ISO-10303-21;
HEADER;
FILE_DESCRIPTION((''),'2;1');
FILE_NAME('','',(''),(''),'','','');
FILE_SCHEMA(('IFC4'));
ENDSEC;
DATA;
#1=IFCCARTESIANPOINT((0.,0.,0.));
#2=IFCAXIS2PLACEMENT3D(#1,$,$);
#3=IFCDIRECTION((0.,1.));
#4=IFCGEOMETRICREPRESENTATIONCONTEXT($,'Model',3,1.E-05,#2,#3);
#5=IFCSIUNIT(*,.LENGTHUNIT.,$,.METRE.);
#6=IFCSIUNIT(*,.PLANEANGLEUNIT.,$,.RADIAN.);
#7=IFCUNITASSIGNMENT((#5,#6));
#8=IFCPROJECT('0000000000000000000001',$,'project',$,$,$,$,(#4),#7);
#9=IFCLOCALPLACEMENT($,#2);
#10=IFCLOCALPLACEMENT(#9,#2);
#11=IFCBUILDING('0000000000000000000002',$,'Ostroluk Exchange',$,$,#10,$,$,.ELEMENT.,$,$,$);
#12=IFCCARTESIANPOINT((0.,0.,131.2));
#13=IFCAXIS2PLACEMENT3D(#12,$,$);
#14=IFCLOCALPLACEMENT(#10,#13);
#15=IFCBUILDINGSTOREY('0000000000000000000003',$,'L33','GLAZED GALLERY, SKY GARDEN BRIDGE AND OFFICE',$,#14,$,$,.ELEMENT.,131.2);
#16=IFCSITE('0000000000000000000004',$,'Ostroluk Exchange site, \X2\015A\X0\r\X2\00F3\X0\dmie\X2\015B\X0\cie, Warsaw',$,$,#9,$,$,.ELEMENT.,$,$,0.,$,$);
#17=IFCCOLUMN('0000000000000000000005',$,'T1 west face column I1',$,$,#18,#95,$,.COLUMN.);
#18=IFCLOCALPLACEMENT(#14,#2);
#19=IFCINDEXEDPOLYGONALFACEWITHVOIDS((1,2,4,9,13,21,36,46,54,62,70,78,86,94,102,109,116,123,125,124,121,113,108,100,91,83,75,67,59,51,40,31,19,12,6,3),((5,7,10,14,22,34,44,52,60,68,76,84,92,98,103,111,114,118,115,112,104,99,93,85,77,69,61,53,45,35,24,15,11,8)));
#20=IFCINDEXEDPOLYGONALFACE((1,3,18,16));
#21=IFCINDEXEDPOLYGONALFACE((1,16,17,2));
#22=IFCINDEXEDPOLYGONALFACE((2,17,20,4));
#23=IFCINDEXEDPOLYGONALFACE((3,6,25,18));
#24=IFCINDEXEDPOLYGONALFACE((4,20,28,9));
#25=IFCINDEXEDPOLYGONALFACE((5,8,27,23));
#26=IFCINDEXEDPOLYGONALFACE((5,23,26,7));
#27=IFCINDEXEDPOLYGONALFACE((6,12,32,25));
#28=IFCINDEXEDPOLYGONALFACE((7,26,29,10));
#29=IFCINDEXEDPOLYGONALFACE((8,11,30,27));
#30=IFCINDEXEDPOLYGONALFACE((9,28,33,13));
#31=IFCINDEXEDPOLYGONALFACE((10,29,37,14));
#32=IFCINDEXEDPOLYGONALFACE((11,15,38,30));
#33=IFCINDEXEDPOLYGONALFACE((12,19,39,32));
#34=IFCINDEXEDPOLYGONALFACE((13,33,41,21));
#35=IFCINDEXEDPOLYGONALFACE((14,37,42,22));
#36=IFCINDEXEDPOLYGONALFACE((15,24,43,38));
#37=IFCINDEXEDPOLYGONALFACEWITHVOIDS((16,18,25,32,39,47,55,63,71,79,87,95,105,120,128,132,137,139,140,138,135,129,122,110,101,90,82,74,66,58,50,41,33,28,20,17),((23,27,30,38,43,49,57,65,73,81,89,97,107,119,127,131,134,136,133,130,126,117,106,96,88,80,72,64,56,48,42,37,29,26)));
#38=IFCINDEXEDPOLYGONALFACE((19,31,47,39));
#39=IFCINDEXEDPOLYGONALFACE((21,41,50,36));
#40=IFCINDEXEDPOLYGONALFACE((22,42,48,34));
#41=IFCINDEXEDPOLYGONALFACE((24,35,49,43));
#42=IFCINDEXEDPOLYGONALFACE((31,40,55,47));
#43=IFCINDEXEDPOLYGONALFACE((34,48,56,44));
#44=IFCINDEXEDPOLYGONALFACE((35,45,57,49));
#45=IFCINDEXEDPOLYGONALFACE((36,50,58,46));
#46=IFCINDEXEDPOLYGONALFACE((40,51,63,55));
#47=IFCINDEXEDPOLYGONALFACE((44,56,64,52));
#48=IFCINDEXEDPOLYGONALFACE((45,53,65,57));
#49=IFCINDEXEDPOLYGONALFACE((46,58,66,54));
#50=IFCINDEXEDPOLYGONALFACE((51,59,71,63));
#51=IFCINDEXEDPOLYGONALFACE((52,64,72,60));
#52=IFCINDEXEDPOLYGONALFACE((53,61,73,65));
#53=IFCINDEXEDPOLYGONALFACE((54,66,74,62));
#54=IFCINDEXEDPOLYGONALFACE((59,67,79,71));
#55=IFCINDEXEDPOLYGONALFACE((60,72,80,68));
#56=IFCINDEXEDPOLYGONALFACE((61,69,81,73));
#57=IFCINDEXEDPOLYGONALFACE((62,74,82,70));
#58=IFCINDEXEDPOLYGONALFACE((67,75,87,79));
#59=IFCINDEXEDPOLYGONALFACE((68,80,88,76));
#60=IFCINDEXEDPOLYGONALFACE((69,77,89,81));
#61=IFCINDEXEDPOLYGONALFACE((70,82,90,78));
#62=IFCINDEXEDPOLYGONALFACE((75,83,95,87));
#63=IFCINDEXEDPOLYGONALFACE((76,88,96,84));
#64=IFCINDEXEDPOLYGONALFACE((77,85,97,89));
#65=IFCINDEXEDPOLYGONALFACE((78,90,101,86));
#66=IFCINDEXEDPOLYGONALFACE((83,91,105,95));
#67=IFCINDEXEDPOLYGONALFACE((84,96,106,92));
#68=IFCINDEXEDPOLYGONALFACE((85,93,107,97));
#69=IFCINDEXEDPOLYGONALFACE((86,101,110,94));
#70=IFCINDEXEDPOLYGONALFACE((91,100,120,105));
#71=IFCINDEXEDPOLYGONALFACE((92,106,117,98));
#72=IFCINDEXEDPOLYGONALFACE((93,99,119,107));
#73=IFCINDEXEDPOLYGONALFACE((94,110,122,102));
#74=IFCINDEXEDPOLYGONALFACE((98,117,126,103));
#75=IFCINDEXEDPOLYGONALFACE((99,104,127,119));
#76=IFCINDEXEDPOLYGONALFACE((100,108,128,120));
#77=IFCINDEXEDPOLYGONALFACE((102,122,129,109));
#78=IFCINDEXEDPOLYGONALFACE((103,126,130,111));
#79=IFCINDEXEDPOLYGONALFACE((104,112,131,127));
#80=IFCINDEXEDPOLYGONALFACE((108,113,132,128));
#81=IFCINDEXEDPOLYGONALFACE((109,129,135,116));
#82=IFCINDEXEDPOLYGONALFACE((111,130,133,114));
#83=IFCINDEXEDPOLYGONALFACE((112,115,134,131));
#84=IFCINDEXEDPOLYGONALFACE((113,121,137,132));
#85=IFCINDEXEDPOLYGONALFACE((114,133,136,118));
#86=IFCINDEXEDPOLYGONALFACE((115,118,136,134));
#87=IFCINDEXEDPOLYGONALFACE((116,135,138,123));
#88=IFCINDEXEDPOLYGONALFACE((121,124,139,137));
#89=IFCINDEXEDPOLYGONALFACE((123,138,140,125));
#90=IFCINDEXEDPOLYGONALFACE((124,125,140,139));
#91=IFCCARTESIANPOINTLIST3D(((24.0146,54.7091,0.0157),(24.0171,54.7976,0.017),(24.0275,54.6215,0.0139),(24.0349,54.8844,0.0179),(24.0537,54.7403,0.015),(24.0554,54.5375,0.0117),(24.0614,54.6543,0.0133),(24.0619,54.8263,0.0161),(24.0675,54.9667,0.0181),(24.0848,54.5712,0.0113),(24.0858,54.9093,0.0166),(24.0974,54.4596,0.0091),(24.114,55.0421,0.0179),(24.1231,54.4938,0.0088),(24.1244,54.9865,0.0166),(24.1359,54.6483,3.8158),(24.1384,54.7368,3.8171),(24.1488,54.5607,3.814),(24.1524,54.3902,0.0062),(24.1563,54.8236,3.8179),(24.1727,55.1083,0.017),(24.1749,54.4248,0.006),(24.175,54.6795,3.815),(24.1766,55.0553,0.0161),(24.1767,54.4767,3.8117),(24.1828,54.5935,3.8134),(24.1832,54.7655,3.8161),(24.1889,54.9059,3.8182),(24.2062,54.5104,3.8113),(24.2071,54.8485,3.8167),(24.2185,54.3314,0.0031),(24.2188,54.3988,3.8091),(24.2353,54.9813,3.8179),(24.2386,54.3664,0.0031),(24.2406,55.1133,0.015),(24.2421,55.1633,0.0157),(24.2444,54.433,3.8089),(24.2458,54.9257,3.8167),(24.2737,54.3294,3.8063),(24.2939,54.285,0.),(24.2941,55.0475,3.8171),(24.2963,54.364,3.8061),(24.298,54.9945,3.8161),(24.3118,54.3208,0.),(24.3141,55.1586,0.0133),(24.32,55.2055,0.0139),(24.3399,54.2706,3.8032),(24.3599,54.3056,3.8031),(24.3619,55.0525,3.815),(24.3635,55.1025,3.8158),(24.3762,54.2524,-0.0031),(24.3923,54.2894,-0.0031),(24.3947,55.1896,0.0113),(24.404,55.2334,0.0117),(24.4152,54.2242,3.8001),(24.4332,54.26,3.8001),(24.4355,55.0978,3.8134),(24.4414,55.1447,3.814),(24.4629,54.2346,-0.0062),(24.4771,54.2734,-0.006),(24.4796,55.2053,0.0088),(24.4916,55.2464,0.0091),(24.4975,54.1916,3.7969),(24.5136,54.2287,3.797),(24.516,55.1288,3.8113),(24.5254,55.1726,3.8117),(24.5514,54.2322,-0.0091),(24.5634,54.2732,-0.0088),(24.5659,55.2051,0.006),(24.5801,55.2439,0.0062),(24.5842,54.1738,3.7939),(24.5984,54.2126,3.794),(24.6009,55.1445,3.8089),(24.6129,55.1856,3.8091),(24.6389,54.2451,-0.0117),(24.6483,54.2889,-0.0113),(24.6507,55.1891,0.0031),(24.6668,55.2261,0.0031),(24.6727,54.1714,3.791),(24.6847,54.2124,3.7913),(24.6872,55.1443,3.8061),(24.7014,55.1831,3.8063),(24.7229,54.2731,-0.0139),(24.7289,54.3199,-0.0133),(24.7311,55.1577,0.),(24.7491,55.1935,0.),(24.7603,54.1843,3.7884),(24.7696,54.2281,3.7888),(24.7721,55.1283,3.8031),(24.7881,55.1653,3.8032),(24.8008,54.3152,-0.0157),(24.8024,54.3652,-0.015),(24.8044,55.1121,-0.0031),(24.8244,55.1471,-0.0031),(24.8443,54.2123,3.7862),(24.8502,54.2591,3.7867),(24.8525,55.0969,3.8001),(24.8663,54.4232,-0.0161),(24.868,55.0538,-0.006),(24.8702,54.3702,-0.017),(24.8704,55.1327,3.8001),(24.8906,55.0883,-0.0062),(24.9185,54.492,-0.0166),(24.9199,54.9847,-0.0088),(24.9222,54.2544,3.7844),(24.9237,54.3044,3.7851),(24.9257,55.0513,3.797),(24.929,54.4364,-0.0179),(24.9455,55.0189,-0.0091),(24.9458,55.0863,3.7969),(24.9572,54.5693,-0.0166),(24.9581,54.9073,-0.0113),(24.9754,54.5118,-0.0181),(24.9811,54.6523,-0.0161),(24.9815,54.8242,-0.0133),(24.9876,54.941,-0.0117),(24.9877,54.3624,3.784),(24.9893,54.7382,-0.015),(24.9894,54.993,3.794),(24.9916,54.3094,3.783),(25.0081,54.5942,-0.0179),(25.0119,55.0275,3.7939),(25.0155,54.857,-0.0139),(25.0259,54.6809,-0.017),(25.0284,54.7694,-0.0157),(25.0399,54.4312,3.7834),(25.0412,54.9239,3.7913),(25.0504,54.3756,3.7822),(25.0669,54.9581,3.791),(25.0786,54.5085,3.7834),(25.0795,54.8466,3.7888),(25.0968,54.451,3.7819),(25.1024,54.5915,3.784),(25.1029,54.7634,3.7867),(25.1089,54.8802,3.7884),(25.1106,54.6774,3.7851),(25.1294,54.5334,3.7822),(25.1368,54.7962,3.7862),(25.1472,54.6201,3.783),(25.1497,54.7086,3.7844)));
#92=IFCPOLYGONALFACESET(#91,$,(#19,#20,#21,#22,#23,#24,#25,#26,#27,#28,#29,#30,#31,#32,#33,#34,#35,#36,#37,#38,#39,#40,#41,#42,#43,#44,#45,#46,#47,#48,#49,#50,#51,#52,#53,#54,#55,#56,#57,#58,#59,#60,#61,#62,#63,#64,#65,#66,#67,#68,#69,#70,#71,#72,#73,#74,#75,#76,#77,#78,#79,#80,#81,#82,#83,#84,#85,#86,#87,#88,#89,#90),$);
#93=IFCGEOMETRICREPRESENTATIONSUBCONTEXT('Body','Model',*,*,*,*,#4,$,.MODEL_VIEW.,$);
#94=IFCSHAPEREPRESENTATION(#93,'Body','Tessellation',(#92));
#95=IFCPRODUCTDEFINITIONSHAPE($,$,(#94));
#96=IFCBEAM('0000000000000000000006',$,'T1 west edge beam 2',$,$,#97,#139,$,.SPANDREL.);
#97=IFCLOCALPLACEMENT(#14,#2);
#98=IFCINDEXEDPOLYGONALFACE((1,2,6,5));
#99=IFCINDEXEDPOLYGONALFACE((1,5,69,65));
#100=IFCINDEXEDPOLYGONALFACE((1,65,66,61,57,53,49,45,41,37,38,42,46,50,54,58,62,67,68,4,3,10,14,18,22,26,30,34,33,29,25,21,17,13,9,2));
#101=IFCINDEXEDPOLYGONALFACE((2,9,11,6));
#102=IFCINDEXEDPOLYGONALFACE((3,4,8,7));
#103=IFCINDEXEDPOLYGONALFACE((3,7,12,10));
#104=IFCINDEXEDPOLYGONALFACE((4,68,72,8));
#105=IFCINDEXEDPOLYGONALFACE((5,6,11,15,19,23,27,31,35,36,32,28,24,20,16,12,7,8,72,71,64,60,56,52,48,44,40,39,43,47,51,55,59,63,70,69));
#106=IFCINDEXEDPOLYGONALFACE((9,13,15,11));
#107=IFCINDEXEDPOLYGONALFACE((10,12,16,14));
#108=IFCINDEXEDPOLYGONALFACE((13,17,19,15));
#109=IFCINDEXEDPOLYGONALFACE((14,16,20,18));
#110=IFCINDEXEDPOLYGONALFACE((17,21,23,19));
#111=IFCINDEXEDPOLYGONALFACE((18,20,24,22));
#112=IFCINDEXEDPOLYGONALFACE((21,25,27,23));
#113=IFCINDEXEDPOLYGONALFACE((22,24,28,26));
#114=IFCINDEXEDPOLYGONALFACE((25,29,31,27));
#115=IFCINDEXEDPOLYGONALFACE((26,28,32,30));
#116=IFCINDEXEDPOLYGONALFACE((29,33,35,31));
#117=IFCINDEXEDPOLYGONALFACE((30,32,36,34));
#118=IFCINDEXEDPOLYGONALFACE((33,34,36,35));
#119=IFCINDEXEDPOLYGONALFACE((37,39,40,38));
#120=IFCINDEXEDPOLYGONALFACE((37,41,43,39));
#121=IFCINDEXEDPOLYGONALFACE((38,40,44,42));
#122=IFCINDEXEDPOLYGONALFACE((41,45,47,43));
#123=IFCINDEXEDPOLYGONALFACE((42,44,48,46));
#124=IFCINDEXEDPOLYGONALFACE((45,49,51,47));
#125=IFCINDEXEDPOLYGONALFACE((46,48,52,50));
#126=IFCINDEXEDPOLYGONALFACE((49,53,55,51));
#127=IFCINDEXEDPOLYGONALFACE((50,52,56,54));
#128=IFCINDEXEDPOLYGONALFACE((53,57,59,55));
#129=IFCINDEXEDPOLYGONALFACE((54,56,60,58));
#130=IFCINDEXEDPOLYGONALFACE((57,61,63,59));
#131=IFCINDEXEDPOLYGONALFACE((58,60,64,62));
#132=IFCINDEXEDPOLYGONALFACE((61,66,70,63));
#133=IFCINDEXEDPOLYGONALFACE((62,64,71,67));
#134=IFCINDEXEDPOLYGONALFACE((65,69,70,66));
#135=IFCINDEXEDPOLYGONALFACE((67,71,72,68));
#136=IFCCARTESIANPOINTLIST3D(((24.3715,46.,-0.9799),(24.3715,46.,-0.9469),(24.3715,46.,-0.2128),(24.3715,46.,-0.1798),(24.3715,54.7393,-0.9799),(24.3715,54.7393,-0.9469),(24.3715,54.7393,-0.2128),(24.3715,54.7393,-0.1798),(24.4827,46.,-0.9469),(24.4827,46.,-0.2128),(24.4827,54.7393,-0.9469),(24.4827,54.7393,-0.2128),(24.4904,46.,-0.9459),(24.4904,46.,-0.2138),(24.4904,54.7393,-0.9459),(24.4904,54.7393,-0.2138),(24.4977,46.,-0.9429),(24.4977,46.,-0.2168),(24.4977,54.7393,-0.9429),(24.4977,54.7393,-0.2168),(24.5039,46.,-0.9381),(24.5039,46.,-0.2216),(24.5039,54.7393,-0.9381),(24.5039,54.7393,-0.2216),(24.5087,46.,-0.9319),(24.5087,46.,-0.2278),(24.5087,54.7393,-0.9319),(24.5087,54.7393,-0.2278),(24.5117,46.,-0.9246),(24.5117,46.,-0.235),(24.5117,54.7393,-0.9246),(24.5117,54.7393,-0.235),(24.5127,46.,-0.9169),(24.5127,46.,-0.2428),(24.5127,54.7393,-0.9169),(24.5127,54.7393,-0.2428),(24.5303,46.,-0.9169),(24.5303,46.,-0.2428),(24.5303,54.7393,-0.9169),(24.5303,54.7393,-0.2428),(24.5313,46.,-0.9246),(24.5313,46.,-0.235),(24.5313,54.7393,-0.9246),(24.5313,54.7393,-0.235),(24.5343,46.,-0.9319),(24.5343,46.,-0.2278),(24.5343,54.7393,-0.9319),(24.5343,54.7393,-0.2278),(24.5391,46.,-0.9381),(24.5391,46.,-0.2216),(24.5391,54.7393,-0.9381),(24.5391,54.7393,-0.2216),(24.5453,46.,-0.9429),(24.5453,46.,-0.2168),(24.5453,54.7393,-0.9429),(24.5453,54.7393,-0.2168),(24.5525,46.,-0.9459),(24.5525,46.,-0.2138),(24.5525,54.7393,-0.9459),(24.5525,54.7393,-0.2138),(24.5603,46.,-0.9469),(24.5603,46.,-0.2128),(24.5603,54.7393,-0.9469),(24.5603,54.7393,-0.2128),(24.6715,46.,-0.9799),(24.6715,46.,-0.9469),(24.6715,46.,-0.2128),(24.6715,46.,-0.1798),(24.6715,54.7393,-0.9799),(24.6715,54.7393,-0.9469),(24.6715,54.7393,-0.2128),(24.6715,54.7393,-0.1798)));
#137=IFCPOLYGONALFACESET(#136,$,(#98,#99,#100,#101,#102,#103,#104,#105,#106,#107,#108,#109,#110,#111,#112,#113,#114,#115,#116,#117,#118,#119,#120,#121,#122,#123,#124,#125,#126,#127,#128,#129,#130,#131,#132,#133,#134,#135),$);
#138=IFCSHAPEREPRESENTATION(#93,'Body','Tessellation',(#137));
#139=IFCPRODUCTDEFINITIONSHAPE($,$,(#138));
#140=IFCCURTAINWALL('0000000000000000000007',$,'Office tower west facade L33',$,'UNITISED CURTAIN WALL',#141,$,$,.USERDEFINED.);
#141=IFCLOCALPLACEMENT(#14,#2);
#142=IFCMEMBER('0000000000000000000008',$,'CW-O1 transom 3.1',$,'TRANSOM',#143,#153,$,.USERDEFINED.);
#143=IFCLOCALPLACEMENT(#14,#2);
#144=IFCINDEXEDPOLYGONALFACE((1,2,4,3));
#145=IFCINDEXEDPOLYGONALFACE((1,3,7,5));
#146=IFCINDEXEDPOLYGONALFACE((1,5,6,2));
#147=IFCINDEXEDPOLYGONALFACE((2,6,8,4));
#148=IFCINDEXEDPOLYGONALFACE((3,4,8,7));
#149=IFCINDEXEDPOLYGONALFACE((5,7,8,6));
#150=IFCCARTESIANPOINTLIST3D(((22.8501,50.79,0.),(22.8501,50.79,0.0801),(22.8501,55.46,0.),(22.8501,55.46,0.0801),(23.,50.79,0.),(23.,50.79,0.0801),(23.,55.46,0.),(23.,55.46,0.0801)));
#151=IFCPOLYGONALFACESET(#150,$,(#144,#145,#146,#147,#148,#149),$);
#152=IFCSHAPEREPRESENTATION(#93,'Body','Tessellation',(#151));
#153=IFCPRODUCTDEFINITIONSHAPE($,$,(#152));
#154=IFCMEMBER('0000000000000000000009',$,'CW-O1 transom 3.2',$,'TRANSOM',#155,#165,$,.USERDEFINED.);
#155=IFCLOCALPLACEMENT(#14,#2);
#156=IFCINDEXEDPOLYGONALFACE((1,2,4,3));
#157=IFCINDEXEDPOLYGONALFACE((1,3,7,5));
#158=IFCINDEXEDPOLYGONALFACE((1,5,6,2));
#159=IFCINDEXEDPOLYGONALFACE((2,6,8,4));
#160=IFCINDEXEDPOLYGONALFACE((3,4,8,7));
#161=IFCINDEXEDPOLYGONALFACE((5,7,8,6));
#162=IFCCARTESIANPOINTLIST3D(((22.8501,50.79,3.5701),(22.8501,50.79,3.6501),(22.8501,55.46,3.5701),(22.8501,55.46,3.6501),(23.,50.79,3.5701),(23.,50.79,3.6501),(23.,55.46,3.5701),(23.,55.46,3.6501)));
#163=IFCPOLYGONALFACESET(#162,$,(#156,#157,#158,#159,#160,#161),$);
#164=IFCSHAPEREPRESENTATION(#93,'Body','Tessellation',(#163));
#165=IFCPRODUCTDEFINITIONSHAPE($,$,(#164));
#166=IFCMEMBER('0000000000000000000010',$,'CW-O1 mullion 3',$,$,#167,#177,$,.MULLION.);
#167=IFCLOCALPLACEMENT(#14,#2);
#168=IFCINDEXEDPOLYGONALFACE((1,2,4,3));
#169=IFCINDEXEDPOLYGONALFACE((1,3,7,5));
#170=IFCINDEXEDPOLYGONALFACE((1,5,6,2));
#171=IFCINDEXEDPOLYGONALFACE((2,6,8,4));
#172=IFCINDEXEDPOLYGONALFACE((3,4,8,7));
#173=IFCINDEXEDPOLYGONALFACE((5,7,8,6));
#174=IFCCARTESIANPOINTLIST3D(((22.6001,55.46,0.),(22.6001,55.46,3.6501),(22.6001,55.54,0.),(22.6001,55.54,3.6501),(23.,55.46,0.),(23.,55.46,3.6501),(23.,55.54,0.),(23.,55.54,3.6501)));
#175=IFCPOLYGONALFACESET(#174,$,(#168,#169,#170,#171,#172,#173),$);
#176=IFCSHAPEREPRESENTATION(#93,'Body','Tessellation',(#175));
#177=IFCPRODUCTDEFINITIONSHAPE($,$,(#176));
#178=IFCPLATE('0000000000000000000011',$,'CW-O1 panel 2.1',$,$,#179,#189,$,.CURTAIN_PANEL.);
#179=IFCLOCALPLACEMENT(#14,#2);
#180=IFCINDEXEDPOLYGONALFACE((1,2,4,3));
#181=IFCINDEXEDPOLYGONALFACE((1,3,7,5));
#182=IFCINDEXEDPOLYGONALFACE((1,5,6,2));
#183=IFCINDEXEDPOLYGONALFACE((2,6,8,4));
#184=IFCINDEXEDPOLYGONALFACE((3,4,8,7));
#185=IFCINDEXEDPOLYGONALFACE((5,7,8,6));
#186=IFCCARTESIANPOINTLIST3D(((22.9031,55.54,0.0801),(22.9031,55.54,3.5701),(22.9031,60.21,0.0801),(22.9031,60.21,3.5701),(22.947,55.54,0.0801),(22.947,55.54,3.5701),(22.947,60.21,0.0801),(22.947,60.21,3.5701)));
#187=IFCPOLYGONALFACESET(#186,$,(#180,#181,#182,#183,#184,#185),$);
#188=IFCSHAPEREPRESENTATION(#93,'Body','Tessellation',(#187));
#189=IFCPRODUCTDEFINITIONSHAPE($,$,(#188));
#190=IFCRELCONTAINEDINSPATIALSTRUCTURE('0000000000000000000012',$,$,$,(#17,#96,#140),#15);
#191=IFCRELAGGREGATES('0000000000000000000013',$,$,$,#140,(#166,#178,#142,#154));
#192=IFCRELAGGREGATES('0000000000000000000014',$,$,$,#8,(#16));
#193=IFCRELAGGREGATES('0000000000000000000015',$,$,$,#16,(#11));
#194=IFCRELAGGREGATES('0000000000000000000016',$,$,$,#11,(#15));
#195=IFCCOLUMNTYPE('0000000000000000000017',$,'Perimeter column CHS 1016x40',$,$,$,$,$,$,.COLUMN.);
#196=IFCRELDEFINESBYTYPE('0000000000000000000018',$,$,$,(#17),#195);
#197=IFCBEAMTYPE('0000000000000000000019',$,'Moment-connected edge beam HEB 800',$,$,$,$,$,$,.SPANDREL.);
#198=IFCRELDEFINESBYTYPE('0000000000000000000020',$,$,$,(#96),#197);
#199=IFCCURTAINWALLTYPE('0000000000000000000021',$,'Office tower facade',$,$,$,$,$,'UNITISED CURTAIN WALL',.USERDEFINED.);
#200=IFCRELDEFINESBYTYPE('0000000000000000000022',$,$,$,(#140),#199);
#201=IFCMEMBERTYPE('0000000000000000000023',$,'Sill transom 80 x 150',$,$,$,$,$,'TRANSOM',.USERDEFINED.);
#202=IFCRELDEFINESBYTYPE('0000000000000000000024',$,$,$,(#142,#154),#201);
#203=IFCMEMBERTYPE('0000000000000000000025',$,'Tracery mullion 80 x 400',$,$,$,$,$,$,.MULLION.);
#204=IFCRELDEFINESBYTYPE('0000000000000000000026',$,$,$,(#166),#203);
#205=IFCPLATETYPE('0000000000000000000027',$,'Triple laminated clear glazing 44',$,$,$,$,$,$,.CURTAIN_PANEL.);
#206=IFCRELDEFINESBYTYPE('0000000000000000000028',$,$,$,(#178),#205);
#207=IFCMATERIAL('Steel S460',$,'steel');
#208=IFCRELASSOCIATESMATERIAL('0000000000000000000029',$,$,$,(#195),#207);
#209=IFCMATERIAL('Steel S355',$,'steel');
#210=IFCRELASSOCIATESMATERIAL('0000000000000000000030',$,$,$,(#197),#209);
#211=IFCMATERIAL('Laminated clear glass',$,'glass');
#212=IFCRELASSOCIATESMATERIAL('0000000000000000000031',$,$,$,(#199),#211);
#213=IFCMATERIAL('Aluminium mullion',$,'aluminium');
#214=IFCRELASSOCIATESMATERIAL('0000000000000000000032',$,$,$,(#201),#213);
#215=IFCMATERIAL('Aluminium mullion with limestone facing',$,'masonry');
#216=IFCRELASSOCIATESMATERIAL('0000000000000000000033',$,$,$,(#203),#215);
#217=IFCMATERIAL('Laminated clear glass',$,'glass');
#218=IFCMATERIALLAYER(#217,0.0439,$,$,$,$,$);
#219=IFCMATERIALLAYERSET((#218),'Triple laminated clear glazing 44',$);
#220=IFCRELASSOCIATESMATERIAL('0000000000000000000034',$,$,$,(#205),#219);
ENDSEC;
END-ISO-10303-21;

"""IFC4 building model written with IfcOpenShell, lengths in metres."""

from ifc_helpers import new_model, si_unit, direction, frame, origin, origin_2d, place, context, subcontext, project, spatial, rectangle, hollow_circle, i_section, extrude, material, layer, layer_set, material_profile, profile_set, type_object, element, aggregate, save


model = new_model("IFC4")

# Units and contexts
model_context = context("Model", 3, precision=1e-05, world=origin(), true_north=direction((0.0, 1.0)))
body_context = subcontext(model_context, "Body", "Model", "MODEL_VIEW")
ifc_project = project(units=[si_unit("LENGTHUNIT", "METRE"), si_unit("PLANEANGLEUNIT", "RADIAN")], contexts=[model_context])

# Site, building, storey
site_placement = place(None, origin())
site = spatial("IfcSite", under=ifc_project, at=site_placement, Name="Ostroluk Exchange site, Śródmieście, Warsaw", CompositionType="ELEMENT", RefElevation=0.0)
building_placement = place(site_placement, origin())
building = spatial("IfcBuilding", under=site, at=building_placement, Name="Ostroluk Exchange", CompositionType="ELEMENT")
storey_placement = place(building_placement, frame((0.0, 0.0, 131.2)))
storey = spatial("IfcBuildingStorey", under=building, at=storey_placement, Name="L33", Description="GLAZED GALLERY, SKY GARDEN BRIDGE AND OFFICE", CompositionType="ELEMENT", Elevation=131.2)

# Column
ifc_material_1 = material(Name="Steel S460", Category="steel")
ifc_material_profile_1 = material_profile(ifc_material_1, hollow_circle(Radius=0.5081, WallThickness=0.04, at=origin_2d()), Name="CHS 1016x40")
ifc_profile_set_1 = profile_set([ifc_material_profile_1], Name="Steel S460")
column_type = type_object("IfcColumnType", Name="Perimeter column CHS 1016x40", PredefinedType="COLUMN", material=ifc_profile_set_1)
column_placement = place(storey_placement, frame((24.5215, 54.7393, 0.0), z_axis=(0.03191, -0.015987, 0.999363), x_axis=(0.447933, 0.894067, 0.0)))
element("IfcColumn", 1, at=column_placement, inside=storey, type_object=column_type, Name="T1 west face column I1", PredefinedType="COLUMN", context=body_context, shape_type="SweptSolid", body=[
    extrude(hollow_circle(Radius=0.5081, WallThickness=0.04, at=origin_2d()), origin(), (0.0, 0.0, 1.0), 3.8025),
])

# Beam
ifc_material_2 = material(Name="Steel S355", Category="steel")
ifc_material_profile_2 = material_profile(ifc_material_2, i_section(OverallWidth=0.3, OverallDepth=0.8, WebThickness=0.0176, FlangeThickness=0.033, FilletRadius=0.03, at=origin_2d()), Name="HEB 800")
ifc_profile_set_2 = profile_set([ifc_material_profile_2], Name="Steel S355")
beam_type = type_object("IfcBeamType", Name="Moment-connected edge beam HEB 800", PredefinedType="SPANDREL", material=ifc_profile_set_2)
beam_placement = place(storey_placement, frame((24.5215, 54.7393, -0.5798), z_axis=(0.0, -1.0, 0.0), x_axis=(1.0, 0.0, 0.0)))
element("IfcBeam", 2, at=beam_placement, inside=storey, type_object=beam_type, Name="T1 west edge beam 2", PredefinedType="SPANDREL", context=body_context, shape_type="SweptSolid", body=[
    extrude(i_section(OverallWidth=0.3, OverallDepth=0.8, WebThickness=0.0176, FlangeThickness=0.033, FilletRadius=0.03, at=origin_2d()), origin(), (0.0, 0.0, 1.0), 8.7393),
])

# Curtain wall, members, plate
ifc_material_3 = material(Name="Laminated clear glass", Category="glass")
curtain_wall_type = type_object("IfcCurtainWallType", Name="Office tower facade", ElementType="UNITISED CURTAIN WALL", PredefinedType="USERDEFINED", material=ifc_material_3)
curtain_wall_placement = place(storey_placement, origin())
curtain_wall = element("IfcCurtainWall", 3, at=curtain_wall_placement, inside=storey, type_object=curtain_wall_type, Name="Office tower west facade L33", ObjectType="UNITISED CURTAIN WALL", PredefinedType="USERDEFINED")
ifc_material_4 = material(Name="Aluminium mullion", Category="aluminium")
ifc_material_profile_3 = material_profile(ifc_material_4, rectangle(XDim=0.1499, YDim=0.0801, at=origin_2d()), Name="Sill transom 80 x 150")
ifc_profile_set_3 = profile_set([ifc_material_profile_3], Name="Aluminium mullion")
member_type_1 = type_object("IfcMemberType", Name="Sill transom 80 x 150", ElementType="TRANSOM", PredefinedType="USERDEFINED", material=ifc_profile_set_3)
member_1_placement = place(storey_placement, frame((22.925, 55.46, 0.04), z_axis=(0.0, -1.0, 0.0), x_axis=(1.0, 0.0, 0.0)))
member_1 = element("IfcMember", 4, at=member_1_placement, type_object=member_type_1, Name="CW-O1 transom 3.1", ObjectType="TRANSOM", PredefinedType="USERDEFINED", context=body_context, shape_type="SweptSolid", body=[
    extrude(rectangle(XDim=0.1499, YDim=0.0801, at=origin_2d()), origin(), (0.0, 0.0, 1.0), 4.6699),
])
member_2_placement = place(storey_placement, frame((22.925, 55.46, 3.6101), z_axis=(0.0, -1.0, 0.0), x_axis=(1.0, 0.0, 0.0)))
member_2 = element("IfcMember", 5, at=member_2_placement, type_object=member_type_1, Name="CW-O1 transom 3.2", ObjectType="TRANSOM", PredefinedType="USERDEFINED", context=body_context, shape_type="SweptSolid", body=[
    extrude(rectangle(XDim=0.1499, YDim=0.0801, at=origin_2d()), origin(), (0.0, 0.0, 1.0), 4.6699),
])
ifc_material_5 = material(Name="Aluminium mullion with limestone facing", Category="masonry")
ifc_material_profile_4 = material_profile(ifc_material_5, rectangle(XDim=0.3999, YDim=0.0801, at=origin_2d()), Name="Tracery mullion 80 x 400")
ifc_profile_set_4 = profile_set([ifc_material_profile_4], Name="Aluminium mullion with limestone facing")
member_type_2 = type_object("IfcMemberType", Name="Tracery mullion 80 x 400", PredefinedType="MULLION", material=ifc_profile_set_4)
member_3_placement = place(storey_placement, frame((22.8, 55.5, 0.0), z_axis=(0.0, 0.0, 1.0), x_axis=(1.0, 0.0, 0.0)))
member_3 = element("IfcMember", 6, at=member_3_placement, type_object=member_type_2, Name="CW-O1 mullion 3", PredefinedType="MULLION", context=body_context, shape_type="SweptSolid", body=[
    extrude(rectangle(XDim=0.3999, YDim=0.0801, at=origin_2d()), origin(), (0.0, 0.0, 1.0), 3.6501),
])
ifc_material_6 = material(Name="Laminated clear glass", Category="glass")
ifc_layer_1 = layer(ifc_material_6, 0.0439)
ifc_layer_set_1 = layer_set([ifc_layer_1], Name="Triple laminated clear glazing 44")
plate_type = type_object("IfcPlateType", Name="Triple laminated clear glazing 44", PredefinedType="CURTAIN_PANEL", material=ifc_layer_set_1)
plate_1_placement = place(storey_placement, frame((22.925, 57.875, 0.0801), z_axis=(0.0, 0.0, 1.0), x_axis=(0.0, -1.0, 0.0)))
plate_1 = element("IfcPlate", 7, at=plate_1_placement, type_object=plate_type, Name="CW-O1 panel 2.1", PredefinedType="CURTAIN_PANEL", context=body_context, shape_type="SweptSolid", body=[
    extrude(rectangle(XDim=4.6699, YDim=0.0439, at=origin_2d()), origin(), (0.0, 0.0, 1.0), 3.49),
])
aggregate(curtain_wall, [member_3, plate_1, member_1, member_2])

save(model, "model.ifc")
